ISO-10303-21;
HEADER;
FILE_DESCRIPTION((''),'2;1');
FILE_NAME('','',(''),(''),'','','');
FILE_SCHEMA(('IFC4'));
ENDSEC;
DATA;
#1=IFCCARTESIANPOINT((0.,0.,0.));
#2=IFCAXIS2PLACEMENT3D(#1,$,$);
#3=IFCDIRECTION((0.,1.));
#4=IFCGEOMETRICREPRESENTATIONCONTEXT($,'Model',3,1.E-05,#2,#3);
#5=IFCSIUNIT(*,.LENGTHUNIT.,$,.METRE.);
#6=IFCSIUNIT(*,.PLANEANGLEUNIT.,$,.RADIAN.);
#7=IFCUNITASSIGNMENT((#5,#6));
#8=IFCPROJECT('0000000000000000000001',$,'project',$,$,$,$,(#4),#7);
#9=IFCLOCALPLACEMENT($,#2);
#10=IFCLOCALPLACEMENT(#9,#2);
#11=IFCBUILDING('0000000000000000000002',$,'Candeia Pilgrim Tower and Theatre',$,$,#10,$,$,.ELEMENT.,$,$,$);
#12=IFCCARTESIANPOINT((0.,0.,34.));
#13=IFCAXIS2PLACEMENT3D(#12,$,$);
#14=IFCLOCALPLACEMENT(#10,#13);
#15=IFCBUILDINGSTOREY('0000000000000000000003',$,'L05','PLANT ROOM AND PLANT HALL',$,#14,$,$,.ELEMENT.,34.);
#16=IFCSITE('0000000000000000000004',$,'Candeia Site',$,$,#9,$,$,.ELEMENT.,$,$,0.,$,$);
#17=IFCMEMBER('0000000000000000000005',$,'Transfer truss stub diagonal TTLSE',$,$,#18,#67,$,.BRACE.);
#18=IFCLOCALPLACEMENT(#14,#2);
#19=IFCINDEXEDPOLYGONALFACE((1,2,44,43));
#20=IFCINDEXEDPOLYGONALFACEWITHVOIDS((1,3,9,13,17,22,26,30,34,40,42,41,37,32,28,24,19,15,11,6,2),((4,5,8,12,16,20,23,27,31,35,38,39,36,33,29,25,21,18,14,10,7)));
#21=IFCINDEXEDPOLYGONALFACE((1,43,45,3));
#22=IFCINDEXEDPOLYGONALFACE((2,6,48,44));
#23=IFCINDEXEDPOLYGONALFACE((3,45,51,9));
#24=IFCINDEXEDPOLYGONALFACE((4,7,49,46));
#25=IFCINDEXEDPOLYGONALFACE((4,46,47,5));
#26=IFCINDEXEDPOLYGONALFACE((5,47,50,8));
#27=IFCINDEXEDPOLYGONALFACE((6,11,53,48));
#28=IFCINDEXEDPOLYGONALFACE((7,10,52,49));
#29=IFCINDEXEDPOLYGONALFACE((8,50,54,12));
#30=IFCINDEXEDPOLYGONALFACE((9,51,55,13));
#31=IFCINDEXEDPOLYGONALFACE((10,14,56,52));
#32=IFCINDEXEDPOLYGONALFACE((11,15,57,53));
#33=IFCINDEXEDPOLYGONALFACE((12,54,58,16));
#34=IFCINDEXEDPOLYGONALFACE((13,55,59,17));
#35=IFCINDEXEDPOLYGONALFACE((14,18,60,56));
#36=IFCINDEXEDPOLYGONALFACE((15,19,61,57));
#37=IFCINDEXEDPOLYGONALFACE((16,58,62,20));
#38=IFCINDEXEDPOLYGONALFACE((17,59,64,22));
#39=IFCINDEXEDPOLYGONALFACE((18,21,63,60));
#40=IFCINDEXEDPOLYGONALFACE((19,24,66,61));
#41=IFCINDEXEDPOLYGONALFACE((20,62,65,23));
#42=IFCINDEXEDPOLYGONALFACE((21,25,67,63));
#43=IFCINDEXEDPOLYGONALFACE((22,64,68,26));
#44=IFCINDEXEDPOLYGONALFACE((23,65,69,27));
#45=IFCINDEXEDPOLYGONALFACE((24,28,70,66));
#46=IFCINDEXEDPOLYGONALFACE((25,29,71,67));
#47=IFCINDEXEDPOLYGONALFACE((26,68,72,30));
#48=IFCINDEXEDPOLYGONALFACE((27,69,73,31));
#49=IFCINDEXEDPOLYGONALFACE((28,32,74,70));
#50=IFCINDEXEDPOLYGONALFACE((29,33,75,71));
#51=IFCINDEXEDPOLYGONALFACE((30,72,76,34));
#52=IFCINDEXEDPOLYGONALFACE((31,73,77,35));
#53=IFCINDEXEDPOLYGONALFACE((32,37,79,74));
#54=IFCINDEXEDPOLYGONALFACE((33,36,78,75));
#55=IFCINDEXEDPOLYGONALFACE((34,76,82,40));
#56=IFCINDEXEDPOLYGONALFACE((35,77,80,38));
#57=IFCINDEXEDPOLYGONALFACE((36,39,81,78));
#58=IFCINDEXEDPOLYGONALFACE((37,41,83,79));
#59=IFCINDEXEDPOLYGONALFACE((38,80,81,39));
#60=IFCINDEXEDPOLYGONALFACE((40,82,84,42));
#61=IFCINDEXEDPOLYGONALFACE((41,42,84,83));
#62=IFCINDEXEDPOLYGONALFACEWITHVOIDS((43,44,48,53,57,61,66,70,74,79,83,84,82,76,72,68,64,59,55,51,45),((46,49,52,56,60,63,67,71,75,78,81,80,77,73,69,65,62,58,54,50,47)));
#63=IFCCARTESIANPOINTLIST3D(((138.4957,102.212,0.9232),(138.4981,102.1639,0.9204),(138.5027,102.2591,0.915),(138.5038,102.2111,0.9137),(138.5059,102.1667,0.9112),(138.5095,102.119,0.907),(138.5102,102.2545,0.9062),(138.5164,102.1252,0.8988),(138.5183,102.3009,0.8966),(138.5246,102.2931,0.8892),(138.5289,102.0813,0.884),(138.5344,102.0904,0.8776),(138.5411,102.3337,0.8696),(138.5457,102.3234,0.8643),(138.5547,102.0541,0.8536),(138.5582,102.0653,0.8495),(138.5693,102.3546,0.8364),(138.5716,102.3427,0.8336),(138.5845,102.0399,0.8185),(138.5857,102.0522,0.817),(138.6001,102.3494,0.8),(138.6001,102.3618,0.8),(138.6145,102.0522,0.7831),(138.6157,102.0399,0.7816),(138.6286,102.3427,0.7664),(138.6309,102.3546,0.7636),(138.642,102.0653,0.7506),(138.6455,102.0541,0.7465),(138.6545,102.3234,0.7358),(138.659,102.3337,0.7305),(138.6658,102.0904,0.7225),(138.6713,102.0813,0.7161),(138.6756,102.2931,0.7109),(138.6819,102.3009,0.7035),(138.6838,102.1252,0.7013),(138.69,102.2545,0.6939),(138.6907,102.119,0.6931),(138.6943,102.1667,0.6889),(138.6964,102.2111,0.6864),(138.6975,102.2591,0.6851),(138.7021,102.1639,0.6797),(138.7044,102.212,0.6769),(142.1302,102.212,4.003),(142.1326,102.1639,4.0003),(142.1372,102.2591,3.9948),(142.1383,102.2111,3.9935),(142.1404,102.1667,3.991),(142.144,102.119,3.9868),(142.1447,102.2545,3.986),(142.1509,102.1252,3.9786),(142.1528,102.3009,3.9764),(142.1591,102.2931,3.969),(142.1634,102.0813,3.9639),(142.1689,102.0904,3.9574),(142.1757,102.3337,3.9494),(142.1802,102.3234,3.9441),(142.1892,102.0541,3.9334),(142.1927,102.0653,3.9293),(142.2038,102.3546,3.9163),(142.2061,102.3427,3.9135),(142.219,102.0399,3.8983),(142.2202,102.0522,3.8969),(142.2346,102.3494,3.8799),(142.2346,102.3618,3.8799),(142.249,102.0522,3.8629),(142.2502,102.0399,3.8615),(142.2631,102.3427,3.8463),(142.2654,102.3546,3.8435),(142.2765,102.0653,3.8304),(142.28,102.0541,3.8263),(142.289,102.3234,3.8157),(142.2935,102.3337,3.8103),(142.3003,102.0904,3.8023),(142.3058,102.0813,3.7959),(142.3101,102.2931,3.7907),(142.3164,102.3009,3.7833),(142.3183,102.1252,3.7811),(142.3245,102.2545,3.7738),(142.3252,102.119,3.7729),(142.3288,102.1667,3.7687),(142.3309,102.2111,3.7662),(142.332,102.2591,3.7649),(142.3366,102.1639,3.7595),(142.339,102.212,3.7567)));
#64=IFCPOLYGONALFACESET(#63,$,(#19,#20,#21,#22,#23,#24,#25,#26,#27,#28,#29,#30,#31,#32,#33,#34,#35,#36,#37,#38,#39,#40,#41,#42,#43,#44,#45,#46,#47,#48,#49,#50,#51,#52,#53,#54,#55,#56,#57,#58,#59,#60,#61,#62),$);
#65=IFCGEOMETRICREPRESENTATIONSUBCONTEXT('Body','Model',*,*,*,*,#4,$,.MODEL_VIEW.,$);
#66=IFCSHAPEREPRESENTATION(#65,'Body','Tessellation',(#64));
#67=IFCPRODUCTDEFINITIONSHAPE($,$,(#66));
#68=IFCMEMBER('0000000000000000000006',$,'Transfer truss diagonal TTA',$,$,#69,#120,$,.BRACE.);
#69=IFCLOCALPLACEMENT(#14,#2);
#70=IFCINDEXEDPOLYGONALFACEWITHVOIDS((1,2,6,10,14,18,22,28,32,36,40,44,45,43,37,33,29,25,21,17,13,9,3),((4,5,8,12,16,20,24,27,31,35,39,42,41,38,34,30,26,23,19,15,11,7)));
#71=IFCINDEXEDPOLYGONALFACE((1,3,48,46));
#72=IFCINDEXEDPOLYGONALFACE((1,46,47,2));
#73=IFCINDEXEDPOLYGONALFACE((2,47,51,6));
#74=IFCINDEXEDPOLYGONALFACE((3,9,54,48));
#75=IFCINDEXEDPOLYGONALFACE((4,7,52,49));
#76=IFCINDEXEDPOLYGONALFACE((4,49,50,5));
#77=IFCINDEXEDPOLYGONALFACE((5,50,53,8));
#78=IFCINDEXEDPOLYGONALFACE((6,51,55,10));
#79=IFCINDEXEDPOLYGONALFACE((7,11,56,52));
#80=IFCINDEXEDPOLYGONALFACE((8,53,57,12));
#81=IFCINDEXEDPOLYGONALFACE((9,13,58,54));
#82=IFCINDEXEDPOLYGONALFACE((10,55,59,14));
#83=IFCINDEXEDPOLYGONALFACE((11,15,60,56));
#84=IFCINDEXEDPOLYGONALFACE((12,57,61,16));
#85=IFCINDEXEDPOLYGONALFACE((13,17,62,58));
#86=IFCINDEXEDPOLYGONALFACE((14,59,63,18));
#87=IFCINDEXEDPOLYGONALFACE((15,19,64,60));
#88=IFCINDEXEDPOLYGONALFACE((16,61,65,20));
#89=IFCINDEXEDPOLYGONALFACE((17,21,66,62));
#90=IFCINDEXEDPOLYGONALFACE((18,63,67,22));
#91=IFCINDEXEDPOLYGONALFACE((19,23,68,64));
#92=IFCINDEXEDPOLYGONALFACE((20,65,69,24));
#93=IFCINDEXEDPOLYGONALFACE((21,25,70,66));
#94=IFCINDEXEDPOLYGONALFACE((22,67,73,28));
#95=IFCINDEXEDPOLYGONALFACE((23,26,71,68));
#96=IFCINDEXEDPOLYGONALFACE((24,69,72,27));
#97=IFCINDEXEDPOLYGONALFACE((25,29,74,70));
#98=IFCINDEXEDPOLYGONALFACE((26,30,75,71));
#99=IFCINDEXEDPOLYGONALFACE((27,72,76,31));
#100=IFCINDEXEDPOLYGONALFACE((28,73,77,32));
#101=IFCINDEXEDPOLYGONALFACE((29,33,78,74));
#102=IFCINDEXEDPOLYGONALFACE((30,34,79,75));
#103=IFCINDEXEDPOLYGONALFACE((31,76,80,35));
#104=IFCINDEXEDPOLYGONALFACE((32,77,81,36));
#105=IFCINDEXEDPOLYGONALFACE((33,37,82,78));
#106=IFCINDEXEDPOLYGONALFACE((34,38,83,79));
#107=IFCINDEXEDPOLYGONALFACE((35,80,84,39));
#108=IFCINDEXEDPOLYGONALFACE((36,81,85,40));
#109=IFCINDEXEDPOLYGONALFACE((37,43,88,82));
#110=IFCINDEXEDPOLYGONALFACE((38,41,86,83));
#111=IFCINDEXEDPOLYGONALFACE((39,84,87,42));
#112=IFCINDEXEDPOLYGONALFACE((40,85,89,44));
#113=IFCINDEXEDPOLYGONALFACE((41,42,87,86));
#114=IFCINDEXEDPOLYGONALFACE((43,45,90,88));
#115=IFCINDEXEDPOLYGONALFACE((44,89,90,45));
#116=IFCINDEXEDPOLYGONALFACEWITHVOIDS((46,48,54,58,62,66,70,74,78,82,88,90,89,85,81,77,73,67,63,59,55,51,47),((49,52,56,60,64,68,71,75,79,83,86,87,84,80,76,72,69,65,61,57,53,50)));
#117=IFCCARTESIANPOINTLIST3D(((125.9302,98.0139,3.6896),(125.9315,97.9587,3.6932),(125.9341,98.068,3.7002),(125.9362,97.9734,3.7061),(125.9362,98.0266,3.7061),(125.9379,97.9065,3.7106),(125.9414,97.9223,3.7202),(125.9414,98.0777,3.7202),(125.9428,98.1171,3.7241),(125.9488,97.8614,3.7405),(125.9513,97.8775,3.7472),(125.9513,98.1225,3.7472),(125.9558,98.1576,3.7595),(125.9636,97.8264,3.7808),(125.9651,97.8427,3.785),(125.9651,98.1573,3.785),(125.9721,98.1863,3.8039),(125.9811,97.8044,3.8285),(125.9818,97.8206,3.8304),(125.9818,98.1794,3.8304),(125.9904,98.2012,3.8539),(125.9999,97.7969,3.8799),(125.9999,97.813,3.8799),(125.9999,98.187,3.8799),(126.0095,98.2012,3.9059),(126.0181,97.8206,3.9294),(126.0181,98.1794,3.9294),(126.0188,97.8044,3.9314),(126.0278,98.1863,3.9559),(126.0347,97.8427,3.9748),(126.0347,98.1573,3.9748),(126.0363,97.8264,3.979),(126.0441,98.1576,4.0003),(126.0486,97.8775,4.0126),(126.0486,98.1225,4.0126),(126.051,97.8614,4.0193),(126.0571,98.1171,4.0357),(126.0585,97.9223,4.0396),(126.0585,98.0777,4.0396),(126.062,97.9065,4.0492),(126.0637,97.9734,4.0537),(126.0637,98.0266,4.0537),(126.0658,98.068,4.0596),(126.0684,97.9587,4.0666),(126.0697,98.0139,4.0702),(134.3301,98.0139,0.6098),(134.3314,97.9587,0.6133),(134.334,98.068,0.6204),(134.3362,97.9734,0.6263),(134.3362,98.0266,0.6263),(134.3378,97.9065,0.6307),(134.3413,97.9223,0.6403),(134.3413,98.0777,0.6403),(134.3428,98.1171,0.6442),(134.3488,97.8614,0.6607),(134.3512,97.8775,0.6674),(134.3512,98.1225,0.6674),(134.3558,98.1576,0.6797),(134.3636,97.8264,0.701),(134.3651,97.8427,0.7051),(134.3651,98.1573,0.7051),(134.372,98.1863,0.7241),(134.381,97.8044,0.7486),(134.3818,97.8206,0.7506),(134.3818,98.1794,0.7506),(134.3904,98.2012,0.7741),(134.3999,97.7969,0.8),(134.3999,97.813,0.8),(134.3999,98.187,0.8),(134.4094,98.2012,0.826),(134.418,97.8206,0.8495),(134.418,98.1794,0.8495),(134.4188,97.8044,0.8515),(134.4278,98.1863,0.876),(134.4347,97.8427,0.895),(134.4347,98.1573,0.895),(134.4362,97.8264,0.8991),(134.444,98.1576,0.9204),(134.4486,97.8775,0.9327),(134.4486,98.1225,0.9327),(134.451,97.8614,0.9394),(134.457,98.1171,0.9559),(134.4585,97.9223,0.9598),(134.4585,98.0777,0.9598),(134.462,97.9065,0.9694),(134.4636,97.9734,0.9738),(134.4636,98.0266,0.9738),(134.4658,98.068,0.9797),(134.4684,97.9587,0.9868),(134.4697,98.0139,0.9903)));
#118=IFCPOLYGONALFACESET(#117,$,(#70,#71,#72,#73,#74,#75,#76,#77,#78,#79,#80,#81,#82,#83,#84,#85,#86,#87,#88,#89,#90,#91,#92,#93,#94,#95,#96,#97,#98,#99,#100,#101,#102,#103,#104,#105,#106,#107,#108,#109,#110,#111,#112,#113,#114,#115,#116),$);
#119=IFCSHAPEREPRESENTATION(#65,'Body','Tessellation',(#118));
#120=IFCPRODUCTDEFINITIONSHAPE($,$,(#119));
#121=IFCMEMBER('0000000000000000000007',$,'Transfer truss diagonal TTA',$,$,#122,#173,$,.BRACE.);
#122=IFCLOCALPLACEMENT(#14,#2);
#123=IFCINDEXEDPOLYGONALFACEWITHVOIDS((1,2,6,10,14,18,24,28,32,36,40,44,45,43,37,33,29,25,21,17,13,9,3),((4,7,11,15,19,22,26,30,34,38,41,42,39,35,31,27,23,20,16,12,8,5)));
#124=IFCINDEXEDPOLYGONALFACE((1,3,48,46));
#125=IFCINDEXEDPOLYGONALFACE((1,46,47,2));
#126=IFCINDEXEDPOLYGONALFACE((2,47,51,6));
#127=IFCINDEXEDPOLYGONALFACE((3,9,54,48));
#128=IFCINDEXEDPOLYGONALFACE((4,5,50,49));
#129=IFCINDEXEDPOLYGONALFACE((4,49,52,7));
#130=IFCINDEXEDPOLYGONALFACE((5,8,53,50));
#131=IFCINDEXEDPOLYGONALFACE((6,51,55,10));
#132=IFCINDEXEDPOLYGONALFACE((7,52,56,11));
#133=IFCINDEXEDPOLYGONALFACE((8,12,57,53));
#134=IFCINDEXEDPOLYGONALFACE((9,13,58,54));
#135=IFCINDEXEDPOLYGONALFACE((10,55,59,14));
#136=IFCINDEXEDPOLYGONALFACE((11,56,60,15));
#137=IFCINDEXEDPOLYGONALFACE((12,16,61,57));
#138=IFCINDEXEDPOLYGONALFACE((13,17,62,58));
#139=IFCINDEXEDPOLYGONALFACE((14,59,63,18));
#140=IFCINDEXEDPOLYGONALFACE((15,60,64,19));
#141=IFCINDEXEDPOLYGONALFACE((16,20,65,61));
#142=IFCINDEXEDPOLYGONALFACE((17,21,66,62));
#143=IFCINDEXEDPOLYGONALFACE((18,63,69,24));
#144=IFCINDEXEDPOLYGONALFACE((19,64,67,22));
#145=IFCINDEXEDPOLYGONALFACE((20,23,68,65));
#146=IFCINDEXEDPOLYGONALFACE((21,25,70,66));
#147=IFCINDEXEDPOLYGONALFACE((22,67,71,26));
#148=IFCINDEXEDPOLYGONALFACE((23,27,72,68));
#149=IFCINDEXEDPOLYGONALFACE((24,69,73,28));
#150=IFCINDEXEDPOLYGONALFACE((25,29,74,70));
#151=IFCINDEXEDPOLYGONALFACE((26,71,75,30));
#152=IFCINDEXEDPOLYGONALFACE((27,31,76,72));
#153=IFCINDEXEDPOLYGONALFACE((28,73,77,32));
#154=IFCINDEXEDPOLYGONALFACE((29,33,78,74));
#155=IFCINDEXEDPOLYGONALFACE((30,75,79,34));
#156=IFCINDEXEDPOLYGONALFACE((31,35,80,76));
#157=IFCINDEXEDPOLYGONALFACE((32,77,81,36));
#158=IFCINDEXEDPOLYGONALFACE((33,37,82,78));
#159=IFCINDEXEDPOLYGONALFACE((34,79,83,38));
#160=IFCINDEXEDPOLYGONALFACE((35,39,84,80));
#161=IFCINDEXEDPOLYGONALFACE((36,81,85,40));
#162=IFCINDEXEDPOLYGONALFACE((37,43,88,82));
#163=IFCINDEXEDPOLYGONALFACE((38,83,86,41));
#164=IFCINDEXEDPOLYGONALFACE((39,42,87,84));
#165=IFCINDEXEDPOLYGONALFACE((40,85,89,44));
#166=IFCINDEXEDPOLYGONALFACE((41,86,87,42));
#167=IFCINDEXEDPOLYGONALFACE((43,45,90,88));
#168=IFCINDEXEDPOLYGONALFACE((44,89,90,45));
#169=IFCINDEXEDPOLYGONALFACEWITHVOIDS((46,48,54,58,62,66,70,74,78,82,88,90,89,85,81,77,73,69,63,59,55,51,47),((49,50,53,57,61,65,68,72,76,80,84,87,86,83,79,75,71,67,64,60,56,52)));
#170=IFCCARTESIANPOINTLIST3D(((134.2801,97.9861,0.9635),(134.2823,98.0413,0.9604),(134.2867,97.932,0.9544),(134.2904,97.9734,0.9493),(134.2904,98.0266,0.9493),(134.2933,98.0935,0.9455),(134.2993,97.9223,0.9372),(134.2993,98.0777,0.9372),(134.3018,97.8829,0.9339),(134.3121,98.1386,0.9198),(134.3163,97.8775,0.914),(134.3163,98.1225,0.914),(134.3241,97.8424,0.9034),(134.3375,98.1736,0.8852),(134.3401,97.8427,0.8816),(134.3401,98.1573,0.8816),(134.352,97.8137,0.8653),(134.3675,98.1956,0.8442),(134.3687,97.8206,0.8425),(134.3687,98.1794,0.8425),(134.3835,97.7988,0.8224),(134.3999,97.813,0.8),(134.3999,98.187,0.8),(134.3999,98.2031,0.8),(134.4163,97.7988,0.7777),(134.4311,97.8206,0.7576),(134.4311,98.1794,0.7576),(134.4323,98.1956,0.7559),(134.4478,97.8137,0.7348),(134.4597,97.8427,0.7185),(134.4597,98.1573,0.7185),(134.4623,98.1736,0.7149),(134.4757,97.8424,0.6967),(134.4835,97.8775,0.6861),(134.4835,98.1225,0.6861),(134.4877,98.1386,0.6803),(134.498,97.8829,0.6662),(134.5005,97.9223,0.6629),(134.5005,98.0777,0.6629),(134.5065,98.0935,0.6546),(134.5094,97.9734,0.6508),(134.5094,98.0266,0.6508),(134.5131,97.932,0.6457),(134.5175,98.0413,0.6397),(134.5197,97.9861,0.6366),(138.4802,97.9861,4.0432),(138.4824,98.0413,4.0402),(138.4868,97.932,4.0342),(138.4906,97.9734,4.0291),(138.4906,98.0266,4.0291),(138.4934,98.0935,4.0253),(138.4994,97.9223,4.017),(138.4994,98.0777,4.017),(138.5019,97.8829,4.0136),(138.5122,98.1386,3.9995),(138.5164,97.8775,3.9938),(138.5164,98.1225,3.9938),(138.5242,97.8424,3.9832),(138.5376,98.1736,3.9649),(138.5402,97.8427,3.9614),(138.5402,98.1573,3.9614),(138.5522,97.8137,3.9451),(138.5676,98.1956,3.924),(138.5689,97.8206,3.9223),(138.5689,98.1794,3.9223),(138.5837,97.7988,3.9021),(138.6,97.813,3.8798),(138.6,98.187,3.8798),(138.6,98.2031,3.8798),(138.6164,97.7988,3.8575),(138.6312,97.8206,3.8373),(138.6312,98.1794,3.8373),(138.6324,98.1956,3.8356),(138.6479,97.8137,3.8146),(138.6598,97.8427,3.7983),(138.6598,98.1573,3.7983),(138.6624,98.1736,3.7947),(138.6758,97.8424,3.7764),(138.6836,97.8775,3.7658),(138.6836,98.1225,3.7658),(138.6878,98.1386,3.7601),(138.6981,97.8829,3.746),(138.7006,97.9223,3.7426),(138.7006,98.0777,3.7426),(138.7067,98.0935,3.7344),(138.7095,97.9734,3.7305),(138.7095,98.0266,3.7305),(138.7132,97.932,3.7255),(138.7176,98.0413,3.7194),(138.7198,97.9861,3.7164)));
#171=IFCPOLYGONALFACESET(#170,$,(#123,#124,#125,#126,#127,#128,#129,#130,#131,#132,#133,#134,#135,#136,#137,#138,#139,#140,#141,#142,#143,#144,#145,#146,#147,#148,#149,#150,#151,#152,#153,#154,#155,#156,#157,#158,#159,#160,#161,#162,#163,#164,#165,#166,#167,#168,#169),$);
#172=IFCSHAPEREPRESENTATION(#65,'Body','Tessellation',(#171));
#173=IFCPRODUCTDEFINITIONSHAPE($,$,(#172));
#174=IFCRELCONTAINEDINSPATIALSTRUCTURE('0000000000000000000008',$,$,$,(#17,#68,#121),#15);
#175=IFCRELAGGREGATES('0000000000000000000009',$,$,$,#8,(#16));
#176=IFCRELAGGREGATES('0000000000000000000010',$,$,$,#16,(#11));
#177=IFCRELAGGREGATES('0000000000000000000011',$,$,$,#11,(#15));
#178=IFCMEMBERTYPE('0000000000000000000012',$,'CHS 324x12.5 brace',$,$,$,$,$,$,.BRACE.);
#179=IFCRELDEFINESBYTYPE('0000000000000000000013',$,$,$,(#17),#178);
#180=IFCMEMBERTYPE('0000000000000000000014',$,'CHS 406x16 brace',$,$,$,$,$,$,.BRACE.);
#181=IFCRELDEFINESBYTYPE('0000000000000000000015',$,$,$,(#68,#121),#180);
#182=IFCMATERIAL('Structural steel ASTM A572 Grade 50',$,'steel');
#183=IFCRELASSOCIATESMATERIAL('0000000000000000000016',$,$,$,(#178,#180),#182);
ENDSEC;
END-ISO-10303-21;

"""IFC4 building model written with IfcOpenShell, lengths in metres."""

from ifc_helpers import new_model, si_unit, direction, frame, origin, origin_2d, place, context, subcontext, project, spatial, hollow_circle, extrude, material, material_profile, profile_set, type_object, element, save


model = new_model("IFC4")

# Units and contexts
model_context = context("Model", 3, precision=1e-05, world=origin(), true_north=direction((0.0, 1.0)))
body_context = subcontext(model_context, "Body", "Model", "MODEL_VIEW")
ifc_project = project(units=[si_unit("LENGTHUNIT", "METRE"), si_unit("PLANEANGLEUNIT", "RADIAN")], contexts=[model_context])

# Site, building, storey
site_placement = place(None, origin())
site = spatial("IfcSite", under=ifc_project, at=site_placement, Name="Candeia Site", CompositionType="ELEMENT", RefElevation=0.0)
building_placement = place(site_placement, origin())
building = spatial("IfcBuilding", under=site, at=building_placement, Name="Candeia Pilgrim Tower and Theatre", CompositionType="ELEMENT")
storey_placement = place(building_placement, frame((0.0, 0.0, 34.0)))
storey = spatial("IfcBuildingStorey", under=building, at=storey_placement, Name="L05", Description="PLANT ROOM AND PLANT HALL", CompositionType="ELEMENT", Elevation=34.0)

# Members
ifc_material_1 = material(Name="Structural steel ASTM A572 Grade 50", Category="steel")
ifc_material_profile_1 = material_profile(ifc_material_1, hollow_circle(Radius=0.1619, WallThickness=0.0125, at=origin_2d()))
ifc_profile_set_1 = profile_set([ifc_material_profile_1], Name="Structural steel ASTM A572 Grade 50")
member_type_1 = type_object("IfcMemberType", Name="CHS 324x12.5 brace", PredefinedType="BRACE", material=ifc_profile_set_1)
member_1_placement = place(storey_placement, frame((138.6001, 102.2, 0.8), z_axis=(0.762923, 0.0, 0.646489), x_axis=(0.0, 1.0, 0.0)))
element("IfcMember", 1, at=member_1_placement, inside=storey, type_object=member_type_1, Name="Transfer truss stub diagonal TTLSE", PredefinedType="BRACE", context=body_context, shape_type="SweptSolid", body=[
    extrude(hollow_circle(Radius=0.1619, WallThickness=0.0125, at=origin_2d()), origin(), (0.0, 0.0, 1.0), 4.7639),
])
ifc_material_profile_2 = material_profile(ifc_material_1, hollow_circle(Radius=0.2031, WallThickness=0.0161, at=origin_2d()))
ifc_profile_set_2 = profile_set([ifc_material_profile_2], Name="Structural steel ASTM A572 Grade 50")
member_type_2 = type_object("IfcMemberType", Name="CHS 406x16 brace", PredefinedType="BRACE", material=ifc_profile_set_2)
member_2_placement = place(storey_placement, frame((134.3999, 98.0, 0.8), z_axis=(-0.938881, 0.0, 0.344242), x_axis=(0.0, -1.0, 0.0)))
element("IfcMember", 2, at=member_2_placement, inside=storey, type_object=member_type_2, Name="Transfer truss diagonal TTA", PredefinedType="BRACE", context=body_context, shape_type="SweptSolid", body=[
    extrude(hollow_circle(Radius=0.2031, WallThickness=0.0161, at=origin_2d()), origin(), (0.0, 0.0, 1.0), 8.9468),
])
member_3_placement = place(storey_placement, frame((134.3999, 98.0, 0.8), z_axis=(0.806433, 0.0, 0.591325), x_axis=(0.0, 1.0, 0.0)))
element("IfcMember", 3, at=member_3_placement, inside=storey, type_object=member_type_2, Name="Transfer truss diagonal TTA", PredefinedType="BRACE", context=body_context, shape_type="SweptSolid", body=[
    extrude(hollow_circle(Radius=0.2031, WallThickness=0.0161, at=origin_2d()), origin(), (0.0, 0.0, 1.0), 5.2083),
])

save(model, "model.ifc")
